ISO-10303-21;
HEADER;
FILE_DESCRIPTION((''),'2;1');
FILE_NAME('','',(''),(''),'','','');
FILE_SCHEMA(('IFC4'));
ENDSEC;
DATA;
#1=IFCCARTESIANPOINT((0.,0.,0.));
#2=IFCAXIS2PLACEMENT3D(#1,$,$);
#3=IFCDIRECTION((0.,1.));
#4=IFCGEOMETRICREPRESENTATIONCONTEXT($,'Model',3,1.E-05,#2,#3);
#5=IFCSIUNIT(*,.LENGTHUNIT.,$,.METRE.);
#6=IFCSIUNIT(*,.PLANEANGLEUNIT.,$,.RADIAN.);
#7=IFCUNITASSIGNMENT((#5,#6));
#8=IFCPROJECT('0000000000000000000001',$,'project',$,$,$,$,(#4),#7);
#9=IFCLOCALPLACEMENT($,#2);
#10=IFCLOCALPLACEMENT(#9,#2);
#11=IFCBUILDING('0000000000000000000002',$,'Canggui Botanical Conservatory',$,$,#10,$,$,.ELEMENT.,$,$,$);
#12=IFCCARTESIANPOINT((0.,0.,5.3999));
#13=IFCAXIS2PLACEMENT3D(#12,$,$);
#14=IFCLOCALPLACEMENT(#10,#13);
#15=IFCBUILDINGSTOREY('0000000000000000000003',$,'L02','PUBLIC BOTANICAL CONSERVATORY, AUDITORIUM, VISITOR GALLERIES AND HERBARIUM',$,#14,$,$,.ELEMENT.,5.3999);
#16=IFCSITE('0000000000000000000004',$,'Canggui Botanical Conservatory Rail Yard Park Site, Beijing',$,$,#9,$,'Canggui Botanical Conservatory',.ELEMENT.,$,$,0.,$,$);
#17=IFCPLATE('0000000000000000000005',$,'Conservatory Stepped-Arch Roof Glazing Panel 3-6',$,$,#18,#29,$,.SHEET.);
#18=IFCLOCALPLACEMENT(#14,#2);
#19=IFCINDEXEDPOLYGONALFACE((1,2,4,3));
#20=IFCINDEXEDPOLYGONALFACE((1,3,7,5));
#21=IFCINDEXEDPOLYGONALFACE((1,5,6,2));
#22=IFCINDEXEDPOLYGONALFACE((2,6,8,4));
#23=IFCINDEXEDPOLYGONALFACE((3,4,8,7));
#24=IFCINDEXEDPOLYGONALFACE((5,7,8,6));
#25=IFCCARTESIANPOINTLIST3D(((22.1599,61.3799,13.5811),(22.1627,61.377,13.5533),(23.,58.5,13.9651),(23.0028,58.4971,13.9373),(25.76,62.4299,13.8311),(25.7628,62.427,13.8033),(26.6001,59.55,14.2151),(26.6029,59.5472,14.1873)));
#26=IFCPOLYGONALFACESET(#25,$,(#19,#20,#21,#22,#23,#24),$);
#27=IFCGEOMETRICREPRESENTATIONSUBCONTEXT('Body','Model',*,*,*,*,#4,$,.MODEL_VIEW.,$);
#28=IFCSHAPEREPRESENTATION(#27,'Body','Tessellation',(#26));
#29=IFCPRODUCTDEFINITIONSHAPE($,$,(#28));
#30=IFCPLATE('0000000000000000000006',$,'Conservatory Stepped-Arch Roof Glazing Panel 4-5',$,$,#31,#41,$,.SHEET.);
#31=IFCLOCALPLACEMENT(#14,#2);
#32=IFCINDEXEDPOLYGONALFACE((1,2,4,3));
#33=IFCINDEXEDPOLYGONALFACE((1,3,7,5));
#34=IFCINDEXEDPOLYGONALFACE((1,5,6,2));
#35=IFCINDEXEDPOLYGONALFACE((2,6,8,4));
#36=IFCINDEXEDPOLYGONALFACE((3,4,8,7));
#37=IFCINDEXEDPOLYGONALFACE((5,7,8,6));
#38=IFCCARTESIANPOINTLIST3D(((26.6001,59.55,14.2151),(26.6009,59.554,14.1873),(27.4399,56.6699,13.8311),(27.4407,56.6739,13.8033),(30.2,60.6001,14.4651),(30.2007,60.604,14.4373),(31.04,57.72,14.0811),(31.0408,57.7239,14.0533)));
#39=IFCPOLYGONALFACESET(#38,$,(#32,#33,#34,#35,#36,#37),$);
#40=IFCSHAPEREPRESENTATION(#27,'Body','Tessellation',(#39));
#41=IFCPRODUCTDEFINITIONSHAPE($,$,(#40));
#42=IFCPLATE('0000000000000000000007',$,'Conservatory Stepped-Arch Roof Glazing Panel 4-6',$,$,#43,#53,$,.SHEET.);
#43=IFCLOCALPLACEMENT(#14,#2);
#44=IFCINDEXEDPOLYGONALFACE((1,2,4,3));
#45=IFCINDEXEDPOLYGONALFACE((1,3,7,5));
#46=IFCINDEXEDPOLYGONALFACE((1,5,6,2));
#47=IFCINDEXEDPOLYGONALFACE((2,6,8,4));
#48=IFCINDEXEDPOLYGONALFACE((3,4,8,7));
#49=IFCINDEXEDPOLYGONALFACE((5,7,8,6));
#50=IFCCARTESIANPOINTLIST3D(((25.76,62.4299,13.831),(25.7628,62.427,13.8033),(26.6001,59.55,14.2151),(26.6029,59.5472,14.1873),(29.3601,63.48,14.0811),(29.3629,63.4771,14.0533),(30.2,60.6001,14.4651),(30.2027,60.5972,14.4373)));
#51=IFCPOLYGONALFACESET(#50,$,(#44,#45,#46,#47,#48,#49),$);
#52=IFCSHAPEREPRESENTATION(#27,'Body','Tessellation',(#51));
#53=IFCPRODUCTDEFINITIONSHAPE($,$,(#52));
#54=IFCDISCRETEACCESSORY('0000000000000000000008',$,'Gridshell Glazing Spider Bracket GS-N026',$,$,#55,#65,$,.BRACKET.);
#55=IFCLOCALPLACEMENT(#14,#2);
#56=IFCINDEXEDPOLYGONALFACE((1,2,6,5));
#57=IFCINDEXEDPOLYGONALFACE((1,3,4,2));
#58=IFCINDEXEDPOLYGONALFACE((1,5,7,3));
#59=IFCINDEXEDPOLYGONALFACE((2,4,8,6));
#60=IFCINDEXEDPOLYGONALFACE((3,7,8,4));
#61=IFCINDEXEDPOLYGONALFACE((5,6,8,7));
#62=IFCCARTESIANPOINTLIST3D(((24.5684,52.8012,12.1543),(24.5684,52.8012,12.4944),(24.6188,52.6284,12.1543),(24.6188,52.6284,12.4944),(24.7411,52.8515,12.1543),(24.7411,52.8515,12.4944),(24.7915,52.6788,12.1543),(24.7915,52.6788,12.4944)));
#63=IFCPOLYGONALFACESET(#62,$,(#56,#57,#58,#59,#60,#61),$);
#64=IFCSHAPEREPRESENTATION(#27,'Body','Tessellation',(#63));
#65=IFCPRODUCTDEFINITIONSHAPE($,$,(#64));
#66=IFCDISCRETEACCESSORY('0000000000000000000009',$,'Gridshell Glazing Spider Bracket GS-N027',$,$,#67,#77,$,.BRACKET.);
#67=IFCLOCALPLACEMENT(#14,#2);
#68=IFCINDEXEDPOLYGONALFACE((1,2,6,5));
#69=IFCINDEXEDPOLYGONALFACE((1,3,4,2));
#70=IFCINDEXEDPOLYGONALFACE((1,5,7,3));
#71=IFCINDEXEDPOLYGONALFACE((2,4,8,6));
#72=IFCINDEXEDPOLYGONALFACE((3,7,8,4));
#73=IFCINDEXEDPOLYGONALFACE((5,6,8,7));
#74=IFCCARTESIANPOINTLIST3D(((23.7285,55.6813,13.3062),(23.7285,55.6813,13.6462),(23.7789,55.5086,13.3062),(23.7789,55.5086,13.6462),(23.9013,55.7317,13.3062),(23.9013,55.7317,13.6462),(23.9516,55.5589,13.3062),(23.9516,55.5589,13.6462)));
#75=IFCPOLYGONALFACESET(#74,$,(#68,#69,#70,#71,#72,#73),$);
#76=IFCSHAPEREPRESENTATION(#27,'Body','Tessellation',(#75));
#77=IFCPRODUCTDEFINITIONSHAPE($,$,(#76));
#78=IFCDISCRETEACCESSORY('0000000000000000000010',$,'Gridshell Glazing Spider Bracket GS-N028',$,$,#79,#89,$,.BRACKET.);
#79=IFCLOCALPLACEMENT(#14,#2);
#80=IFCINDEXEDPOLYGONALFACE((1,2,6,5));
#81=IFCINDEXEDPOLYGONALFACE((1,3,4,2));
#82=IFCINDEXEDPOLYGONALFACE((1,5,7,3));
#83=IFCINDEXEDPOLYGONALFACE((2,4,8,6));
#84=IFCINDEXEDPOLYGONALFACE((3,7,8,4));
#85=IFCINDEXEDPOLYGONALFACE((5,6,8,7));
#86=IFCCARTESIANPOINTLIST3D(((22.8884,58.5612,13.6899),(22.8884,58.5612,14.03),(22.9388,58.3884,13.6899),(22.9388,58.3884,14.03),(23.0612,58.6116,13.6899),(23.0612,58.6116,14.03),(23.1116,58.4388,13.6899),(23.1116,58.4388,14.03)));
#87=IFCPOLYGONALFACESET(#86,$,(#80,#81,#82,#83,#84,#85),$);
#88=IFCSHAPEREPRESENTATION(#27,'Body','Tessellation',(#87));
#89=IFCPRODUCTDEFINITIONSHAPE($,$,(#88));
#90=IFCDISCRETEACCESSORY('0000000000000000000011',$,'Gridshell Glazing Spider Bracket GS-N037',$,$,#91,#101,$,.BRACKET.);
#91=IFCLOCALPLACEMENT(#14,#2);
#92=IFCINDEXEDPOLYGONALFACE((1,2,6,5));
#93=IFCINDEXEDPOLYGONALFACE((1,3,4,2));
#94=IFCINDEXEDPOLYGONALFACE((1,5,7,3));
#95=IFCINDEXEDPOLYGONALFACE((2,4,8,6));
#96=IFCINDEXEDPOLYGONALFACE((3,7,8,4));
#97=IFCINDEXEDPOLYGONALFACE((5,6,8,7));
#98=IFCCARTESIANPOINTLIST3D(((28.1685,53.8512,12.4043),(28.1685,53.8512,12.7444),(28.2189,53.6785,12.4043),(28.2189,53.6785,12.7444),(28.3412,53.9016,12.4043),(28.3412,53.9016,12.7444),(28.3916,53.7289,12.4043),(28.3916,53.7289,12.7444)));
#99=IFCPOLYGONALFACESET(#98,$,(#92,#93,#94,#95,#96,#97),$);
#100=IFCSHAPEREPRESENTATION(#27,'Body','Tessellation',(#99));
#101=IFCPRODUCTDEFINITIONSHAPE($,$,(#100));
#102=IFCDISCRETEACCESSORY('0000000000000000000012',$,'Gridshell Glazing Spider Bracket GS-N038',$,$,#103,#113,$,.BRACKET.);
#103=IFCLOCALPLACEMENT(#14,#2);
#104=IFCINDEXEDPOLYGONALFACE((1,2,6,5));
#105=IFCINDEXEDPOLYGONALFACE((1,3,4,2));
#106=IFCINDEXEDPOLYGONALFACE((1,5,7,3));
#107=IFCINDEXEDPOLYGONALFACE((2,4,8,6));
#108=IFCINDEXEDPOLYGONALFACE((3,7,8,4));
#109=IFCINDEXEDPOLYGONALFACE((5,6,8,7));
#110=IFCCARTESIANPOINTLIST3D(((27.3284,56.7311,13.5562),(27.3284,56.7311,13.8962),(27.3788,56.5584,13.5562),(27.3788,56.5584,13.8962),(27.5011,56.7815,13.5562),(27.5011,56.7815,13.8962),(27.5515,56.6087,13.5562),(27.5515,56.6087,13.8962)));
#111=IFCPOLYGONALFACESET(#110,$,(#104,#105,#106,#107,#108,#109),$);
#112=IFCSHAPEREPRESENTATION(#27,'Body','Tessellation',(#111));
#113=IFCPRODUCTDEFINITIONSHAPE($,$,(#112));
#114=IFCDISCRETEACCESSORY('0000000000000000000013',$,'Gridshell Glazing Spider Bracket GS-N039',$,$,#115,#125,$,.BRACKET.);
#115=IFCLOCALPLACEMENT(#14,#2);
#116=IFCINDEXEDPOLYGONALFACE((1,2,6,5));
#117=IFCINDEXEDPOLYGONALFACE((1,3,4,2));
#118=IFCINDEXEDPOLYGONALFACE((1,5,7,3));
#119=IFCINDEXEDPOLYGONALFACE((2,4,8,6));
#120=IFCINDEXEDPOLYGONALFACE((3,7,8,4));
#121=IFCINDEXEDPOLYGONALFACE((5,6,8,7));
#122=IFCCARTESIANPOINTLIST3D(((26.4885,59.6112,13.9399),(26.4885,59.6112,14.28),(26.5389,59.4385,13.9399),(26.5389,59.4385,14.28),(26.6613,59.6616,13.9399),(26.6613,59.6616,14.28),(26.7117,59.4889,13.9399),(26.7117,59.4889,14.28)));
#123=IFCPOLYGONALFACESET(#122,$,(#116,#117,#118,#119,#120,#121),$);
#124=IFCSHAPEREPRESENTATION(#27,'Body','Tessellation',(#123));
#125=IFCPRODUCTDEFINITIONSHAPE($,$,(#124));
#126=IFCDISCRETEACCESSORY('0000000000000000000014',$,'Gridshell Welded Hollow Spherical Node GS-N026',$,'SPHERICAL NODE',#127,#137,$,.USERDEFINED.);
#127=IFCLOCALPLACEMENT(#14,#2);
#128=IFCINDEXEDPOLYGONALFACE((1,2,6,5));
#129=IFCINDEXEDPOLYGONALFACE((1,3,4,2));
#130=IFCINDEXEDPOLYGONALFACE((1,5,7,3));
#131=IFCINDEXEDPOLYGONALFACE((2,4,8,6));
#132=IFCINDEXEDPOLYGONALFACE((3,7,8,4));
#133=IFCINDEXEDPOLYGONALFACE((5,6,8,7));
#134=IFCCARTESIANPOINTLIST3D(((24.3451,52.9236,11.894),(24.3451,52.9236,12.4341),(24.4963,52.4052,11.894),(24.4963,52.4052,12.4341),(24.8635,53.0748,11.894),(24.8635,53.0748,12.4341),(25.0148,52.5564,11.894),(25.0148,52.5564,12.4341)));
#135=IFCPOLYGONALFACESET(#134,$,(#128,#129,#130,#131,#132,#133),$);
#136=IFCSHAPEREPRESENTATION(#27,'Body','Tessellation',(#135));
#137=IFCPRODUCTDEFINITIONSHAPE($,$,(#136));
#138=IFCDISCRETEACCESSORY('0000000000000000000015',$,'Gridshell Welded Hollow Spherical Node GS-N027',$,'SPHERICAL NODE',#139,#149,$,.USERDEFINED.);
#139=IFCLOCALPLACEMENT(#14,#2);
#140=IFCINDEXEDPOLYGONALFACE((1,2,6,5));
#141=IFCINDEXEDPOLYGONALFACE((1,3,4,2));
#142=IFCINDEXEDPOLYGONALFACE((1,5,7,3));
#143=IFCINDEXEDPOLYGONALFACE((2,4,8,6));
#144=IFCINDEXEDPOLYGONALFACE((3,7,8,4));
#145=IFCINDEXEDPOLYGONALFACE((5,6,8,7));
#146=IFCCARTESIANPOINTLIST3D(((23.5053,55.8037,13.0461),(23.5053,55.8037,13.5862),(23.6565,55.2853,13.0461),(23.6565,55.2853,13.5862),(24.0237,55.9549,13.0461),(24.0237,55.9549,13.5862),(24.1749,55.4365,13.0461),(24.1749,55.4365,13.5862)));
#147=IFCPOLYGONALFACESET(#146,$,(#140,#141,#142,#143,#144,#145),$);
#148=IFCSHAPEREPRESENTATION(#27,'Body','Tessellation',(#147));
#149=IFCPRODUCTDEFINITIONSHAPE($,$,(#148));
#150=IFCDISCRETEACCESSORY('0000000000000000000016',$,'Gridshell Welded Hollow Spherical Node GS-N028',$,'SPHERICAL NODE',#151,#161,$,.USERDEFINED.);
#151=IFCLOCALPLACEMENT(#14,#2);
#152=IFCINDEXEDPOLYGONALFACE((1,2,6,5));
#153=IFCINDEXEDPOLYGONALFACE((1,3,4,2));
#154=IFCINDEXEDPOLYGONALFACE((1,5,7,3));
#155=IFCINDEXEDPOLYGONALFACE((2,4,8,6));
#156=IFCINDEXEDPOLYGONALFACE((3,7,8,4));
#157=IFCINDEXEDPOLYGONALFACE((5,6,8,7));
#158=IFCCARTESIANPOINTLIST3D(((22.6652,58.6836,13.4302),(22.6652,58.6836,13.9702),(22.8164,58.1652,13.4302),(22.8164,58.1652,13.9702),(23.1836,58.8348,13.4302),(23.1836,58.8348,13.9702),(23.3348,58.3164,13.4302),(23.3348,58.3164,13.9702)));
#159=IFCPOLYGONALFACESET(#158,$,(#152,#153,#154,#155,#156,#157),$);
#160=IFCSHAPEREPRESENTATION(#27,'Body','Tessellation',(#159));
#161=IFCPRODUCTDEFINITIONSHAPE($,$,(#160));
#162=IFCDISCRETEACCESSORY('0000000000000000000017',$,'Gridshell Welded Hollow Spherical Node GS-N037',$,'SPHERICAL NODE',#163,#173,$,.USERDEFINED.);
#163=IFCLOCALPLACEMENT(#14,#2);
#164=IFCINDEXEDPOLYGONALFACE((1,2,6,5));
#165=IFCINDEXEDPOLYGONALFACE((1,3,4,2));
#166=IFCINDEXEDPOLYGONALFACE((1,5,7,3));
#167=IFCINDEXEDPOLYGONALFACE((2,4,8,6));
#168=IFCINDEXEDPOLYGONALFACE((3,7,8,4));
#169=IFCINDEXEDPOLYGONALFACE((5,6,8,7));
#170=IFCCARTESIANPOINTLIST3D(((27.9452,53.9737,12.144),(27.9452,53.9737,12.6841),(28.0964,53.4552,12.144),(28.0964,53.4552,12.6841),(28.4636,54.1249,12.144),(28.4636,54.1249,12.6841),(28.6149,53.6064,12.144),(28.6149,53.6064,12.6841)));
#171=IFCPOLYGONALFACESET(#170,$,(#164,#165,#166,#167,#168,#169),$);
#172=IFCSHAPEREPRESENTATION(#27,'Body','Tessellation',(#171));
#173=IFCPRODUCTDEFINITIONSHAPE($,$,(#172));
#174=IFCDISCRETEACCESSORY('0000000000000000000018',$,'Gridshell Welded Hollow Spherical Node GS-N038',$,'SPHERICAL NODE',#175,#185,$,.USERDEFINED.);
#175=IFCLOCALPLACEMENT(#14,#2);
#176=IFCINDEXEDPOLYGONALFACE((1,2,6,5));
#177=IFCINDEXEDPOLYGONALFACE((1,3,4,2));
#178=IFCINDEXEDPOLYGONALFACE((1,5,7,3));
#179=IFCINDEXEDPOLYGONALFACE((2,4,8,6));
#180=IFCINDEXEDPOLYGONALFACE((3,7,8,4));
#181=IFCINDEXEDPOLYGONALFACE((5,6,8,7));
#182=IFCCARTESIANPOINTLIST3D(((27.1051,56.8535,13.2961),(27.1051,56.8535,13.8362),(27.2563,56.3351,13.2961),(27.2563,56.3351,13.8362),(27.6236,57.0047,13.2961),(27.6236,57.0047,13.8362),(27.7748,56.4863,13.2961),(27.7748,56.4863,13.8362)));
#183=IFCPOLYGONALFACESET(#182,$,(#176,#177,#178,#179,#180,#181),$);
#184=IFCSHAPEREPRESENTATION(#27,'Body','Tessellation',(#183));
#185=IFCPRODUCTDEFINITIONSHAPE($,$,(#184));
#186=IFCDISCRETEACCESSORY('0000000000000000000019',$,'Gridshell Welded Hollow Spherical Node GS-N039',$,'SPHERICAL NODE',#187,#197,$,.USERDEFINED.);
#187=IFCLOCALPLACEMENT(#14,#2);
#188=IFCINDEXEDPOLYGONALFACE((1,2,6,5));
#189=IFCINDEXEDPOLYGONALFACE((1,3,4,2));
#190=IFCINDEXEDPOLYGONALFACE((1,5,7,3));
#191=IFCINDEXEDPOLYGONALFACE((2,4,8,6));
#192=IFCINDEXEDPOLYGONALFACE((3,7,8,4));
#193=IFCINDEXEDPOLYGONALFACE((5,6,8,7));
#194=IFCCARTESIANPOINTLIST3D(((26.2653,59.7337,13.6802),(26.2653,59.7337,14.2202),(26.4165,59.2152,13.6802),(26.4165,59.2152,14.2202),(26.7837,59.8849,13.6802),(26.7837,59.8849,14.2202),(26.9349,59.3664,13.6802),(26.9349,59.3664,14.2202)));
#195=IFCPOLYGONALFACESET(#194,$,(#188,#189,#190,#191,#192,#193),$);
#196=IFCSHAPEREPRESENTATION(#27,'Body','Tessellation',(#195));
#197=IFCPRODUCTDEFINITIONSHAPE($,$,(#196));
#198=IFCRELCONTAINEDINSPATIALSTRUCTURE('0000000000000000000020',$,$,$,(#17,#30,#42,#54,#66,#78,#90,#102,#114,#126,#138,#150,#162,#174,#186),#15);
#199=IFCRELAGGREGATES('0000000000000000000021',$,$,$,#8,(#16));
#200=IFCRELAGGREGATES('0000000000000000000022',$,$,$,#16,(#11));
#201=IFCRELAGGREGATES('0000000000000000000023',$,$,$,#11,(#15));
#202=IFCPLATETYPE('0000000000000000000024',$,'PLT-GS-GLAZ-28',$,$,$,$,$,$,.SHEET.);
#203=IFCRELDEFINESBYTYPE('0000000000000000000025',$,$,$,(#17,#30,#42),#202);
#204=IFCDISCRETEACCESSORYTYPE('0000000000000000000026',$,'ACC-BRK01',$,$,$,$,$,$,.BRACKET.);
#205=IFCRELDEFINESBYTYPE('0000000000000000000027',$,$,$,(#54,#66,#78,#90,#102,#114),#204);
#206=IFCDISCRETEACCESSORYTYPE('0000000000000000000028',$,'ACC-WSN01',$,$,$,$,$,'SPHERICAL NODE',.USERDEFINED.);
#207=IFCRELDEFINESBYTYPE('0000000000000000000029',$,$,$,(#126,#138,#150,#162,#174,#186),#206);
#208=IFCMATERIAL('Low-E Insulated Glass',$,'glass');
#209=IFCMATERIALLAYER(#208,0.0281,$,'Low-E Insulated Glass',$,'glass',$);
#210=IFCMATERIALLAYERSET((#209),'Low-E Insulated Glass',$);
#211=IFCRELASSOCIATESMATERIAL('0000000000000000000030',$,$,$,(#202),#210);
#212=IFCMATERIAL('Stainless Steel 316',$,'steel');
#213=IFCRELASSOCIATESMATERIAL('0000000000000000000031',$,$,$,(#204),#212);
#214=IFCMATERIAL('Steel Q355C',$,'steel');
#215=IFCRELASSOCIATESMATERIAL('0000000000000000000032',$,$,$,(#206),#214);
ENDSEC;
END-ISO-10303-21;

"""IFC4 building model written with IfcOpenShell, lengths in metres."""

from ifc_helpers import new_model, si_unit, direction, frame, origin, origin_2d, place, context, subcontext, project, spatial, polyline, rectangle, outline, extrude, material, layer, layer_set, type_object, element, save


model = new_model("IFC4")

# Units and contexts
model_context = context("Model", 3, precision=1e-05, world=origin(), true_north=direction((0.0, 1.0)))
body_context = subcontext(model_context, "Body", "Model", "MODEL_VIEW")
ifc_project = project(units=[si_unit("LENGTHUNIT", "METRE"), si_unit("PLANEANGLEUNIT", "RADIAN")], contexts=[model_context])

# Site, building, storey
site_placement = place(None, origin())
site = spatial("IfcSite", under=ifc_project, at=site_placement, Name="Canggui Botanical Conservatory Rail Yard Park Site, Beijing", LongName="Canggui Botanical Conservatory", CompositionType="ELEMENT", RefElevation=0.0)
building_placement = place(site_placement, origin())
building = spatial("IfcBuilding", under=site, at=building_placement, Name="Canggui Botanical Conservatory", CompositionType="ELEMENT")
storey_placement = place(building_placement, frame((0.0, 0.0, 5.3999)))
storey = spatial("IfcBuildingStorey", under=building, at=storey_placement, Name="L02", Description="PUBLIC BOTANICAL CONSERVATORY, AUDITORIUM, VISITOR GALLERIES AND HERBARIUM", CompositionType="ELEMENT", Elevation=5.3999)

# Shared definitions
ifc_material_1 = material(Name="Steel Q355C", Category="steel")

# Plates
ifc_material_2 = material(Name="Low-E Insulated Glass", Category="glass")
ifc_layer = layer(ifc_material_2, 0.0281, Name="Low-E Insulated Glass", Category="glass")
ifc_layer_set = layer_set([ifc_layer], Name="Low-E Insulated Glass")
plate_type = type_object("IfcPlateType", Name="PLT-GS-GLAZ-28", PredefinedType="SHEET", material=ifc_layer_set)
plate_1_placement = place(storey_placement, frame((23.0, 58.5, 13.9651), z_axis=(-0.098818, 0.103156, 0.989744), x_axis=(0.957872, 0.279385, 0.066517)))
element("IfcPlate", 1, at=plate_1_placement, inside=storey, type_object=plate_type, Name="Conservatory Stepped-Arch Roof Glazing Panel 3-6", PredefinedType="SHEET", context=body_context, shape_type="SweptSolid", body=[
    extrude(outline(polyline([(0.0, 0.0), (3.7584, 0.0), (3.7328, 3.0243), (-0.0256, 3.0243), (0.0, 0.0)])), origin(), (0.0, 0.0, -1.0), 0.0281),
])
plate_2_placement = place(storey_placement, frame((27.4399, 56.6699, 13.8311), z_axis=(-0.027868, -0.140099, 0.989745), x_axis=(0.957872, 0.279385, 0.066518)))
element("IfcPlate", 2, at=plate_2_placement, inside=storey, type_object=plate_type, Name="Conservatory Stepped-Arch Roof Glazing Panel 4-5", PredefinedType="SHEET", context=body_context, shape_type="SweptSolid", body=[
    extrude(outline(polyline([(0.0, 0.0), (3.7584, 0.0), (3.7839, 3.0245), (0.0257, 3.0244), (0.0, 0.0)])), origin(), (0.0, 0.0, -1.0), 0.0281),
])
plate_3_placement = place(storey_placement, frame((26.6001, 59.55, 14.2151), z_axis=(-0.098822, 0.103159, 0.989744), x_axis=(0.957867, 0.279402, 0.066518)))
element("IfcPlate", 3, at=plate_3_placement, inside=storey, type_object=plate_type, Name="Conservatory Stepped-Arch Roof Glazing Panel 4-6", PredefinedType="SHEET", context=body_context, shape_type="SweptSolid", body=[
    extrude(outline(polyline([(0.0, 0.0), (3.7582, 0.0), (3.7328, 3.0242), (-0.0256, 3.0243), (0.0, 0.0)])), origin(), (0.0, 0.0, -1.0), 0.0281),
])

# Discrete accessories
ifc_material_3 = material(Name="Stainless Steel 316", Category="steel")
discrete_accessory_type_1 = type_object("IfcDiscreteAccessoryType", Name="ACC-BRK01", PredefinedType="BRACKET", material=ifc_material_3)
for number, where, z_axis, x_axis, name in (
    (4, (24.6799, 52.74, 12.1543), (0.0, 0.0, 1.0), (0.96, 0.28, 0.0), "Gridshell Glazing Spider Bracket GS-N026"),
    (5, (23.8401, 55.6201, 13.3062), (0.0, 0.0, 1.0), (0.96, 0.28, 0.0), "Gridshell Glazing Spider Bracket GS-N027"),
    (6, (23.0, 58.5, 13.6899), (0.0, 0.0, 1.0), (0.96, 0.28, 0.0), "Gridshell Glazing Spider Bracket GS-N028"),
    (7, (28.28, 53.79, 12.4043), (0.0, 0.0, 1.0), (0.96, 0.28, 0.0), "Gridshell Glazing Spider Bracket GS-N037"),
    (8, (27.4399, 56.6699, 13.5562), (0.0, 0.0, 1.0), (0.96, 0.28, 0.0), "Gridshell Glazing Spider Bracket GS-N038"),
    (9, (26.6001, 59.55, 13.9399), (0.0, 0.0, 1.0), (0.96, 0.28, 0.0), "Gridshell Glazing Spider Bracket GS-N039"),
):
    element("IfcDiscreteAccessory", number, at=place(storey_placement, frame(where, z_axis=z_axis, x_axis=x_axis)), inside=storey, type_object=discrete_accessory_type_1, Name=name, PredefinedType="BRACKET", context=body_context, shape_type="SweptSolid", body=[
        extrude(rectangle(XDim=0.1799, YDim=0.1799, at=origin_2d()), origin(), (0.0, 0.0, 1.0), 0.3401),
    ])
discrete_accessory_type_2 = type_object("IfcDiscreteAccessoryType", Name="ACC-WSN01", ElementType="SPHERICAL NODE", PredefinedType="USERDEFINED", material=ifc_material_1)
for number, where, z_axis, x_axis, name in (
    (10, (24.6799, 52.74, 11.894), (0.0, 0.0, 1.0), (0.96, 0.28, 0.0), "Gridshell Welded Hollow Spherical Node GS-N026"),
    (11, (23.8401, 55.6201, 13.0461), (0.0, 0.0, 1.0), (0.96, 0.28, 0.0), "Gridshell Welded Hollow Spherical Node GS-N027"),
    (12, (23.0, 58.5, 13.4302), (0.0, 0.0, 1.0), (0.96, 0.28, 0.0), "Gridshell Welded Hollow Spherical Node GS-N028"),
    (13, (28.28, 53.79, 12.144), (0.0, 0.0, 1.0), (0.96, 0.28, 0.0), "Gridshell Welded Hollow Spherical Node GS-N037"),
    (14, (27.4399, 56.6699, 13.2961), (0.0, 0.0, 1.0), (0.96, 0.28, 0.0), "Gridshell Welded Hollow Spherical Node GS-N038"),
    (15, (26.6001, 59.55, 13.6802), (0.0, 0.0, 1.0), (0.96, 0.28, 0.0), "Gridshell Welded Hollow Spherical Node GS-N039"),
):
    element("IfcDiscreteAccessory", number, at=place(storey_placement, frame(where, z_axis=z_axis, x_axis=x_axis)), inside=storey, type_object=discrete_accessory_type_2, Name=name, ObjectType="SPHERICAL NODE", PredefinedType="USERDEFINED", context=body_context, shape_type="SweptSolid", body=[
        extrude(rectangle(XDim=0.54, YDim=0.54, at=origin_2d()), origin(), (0.0, 0.0, 1.0), 0.54),
    ])

save(model, "model.ifc")
